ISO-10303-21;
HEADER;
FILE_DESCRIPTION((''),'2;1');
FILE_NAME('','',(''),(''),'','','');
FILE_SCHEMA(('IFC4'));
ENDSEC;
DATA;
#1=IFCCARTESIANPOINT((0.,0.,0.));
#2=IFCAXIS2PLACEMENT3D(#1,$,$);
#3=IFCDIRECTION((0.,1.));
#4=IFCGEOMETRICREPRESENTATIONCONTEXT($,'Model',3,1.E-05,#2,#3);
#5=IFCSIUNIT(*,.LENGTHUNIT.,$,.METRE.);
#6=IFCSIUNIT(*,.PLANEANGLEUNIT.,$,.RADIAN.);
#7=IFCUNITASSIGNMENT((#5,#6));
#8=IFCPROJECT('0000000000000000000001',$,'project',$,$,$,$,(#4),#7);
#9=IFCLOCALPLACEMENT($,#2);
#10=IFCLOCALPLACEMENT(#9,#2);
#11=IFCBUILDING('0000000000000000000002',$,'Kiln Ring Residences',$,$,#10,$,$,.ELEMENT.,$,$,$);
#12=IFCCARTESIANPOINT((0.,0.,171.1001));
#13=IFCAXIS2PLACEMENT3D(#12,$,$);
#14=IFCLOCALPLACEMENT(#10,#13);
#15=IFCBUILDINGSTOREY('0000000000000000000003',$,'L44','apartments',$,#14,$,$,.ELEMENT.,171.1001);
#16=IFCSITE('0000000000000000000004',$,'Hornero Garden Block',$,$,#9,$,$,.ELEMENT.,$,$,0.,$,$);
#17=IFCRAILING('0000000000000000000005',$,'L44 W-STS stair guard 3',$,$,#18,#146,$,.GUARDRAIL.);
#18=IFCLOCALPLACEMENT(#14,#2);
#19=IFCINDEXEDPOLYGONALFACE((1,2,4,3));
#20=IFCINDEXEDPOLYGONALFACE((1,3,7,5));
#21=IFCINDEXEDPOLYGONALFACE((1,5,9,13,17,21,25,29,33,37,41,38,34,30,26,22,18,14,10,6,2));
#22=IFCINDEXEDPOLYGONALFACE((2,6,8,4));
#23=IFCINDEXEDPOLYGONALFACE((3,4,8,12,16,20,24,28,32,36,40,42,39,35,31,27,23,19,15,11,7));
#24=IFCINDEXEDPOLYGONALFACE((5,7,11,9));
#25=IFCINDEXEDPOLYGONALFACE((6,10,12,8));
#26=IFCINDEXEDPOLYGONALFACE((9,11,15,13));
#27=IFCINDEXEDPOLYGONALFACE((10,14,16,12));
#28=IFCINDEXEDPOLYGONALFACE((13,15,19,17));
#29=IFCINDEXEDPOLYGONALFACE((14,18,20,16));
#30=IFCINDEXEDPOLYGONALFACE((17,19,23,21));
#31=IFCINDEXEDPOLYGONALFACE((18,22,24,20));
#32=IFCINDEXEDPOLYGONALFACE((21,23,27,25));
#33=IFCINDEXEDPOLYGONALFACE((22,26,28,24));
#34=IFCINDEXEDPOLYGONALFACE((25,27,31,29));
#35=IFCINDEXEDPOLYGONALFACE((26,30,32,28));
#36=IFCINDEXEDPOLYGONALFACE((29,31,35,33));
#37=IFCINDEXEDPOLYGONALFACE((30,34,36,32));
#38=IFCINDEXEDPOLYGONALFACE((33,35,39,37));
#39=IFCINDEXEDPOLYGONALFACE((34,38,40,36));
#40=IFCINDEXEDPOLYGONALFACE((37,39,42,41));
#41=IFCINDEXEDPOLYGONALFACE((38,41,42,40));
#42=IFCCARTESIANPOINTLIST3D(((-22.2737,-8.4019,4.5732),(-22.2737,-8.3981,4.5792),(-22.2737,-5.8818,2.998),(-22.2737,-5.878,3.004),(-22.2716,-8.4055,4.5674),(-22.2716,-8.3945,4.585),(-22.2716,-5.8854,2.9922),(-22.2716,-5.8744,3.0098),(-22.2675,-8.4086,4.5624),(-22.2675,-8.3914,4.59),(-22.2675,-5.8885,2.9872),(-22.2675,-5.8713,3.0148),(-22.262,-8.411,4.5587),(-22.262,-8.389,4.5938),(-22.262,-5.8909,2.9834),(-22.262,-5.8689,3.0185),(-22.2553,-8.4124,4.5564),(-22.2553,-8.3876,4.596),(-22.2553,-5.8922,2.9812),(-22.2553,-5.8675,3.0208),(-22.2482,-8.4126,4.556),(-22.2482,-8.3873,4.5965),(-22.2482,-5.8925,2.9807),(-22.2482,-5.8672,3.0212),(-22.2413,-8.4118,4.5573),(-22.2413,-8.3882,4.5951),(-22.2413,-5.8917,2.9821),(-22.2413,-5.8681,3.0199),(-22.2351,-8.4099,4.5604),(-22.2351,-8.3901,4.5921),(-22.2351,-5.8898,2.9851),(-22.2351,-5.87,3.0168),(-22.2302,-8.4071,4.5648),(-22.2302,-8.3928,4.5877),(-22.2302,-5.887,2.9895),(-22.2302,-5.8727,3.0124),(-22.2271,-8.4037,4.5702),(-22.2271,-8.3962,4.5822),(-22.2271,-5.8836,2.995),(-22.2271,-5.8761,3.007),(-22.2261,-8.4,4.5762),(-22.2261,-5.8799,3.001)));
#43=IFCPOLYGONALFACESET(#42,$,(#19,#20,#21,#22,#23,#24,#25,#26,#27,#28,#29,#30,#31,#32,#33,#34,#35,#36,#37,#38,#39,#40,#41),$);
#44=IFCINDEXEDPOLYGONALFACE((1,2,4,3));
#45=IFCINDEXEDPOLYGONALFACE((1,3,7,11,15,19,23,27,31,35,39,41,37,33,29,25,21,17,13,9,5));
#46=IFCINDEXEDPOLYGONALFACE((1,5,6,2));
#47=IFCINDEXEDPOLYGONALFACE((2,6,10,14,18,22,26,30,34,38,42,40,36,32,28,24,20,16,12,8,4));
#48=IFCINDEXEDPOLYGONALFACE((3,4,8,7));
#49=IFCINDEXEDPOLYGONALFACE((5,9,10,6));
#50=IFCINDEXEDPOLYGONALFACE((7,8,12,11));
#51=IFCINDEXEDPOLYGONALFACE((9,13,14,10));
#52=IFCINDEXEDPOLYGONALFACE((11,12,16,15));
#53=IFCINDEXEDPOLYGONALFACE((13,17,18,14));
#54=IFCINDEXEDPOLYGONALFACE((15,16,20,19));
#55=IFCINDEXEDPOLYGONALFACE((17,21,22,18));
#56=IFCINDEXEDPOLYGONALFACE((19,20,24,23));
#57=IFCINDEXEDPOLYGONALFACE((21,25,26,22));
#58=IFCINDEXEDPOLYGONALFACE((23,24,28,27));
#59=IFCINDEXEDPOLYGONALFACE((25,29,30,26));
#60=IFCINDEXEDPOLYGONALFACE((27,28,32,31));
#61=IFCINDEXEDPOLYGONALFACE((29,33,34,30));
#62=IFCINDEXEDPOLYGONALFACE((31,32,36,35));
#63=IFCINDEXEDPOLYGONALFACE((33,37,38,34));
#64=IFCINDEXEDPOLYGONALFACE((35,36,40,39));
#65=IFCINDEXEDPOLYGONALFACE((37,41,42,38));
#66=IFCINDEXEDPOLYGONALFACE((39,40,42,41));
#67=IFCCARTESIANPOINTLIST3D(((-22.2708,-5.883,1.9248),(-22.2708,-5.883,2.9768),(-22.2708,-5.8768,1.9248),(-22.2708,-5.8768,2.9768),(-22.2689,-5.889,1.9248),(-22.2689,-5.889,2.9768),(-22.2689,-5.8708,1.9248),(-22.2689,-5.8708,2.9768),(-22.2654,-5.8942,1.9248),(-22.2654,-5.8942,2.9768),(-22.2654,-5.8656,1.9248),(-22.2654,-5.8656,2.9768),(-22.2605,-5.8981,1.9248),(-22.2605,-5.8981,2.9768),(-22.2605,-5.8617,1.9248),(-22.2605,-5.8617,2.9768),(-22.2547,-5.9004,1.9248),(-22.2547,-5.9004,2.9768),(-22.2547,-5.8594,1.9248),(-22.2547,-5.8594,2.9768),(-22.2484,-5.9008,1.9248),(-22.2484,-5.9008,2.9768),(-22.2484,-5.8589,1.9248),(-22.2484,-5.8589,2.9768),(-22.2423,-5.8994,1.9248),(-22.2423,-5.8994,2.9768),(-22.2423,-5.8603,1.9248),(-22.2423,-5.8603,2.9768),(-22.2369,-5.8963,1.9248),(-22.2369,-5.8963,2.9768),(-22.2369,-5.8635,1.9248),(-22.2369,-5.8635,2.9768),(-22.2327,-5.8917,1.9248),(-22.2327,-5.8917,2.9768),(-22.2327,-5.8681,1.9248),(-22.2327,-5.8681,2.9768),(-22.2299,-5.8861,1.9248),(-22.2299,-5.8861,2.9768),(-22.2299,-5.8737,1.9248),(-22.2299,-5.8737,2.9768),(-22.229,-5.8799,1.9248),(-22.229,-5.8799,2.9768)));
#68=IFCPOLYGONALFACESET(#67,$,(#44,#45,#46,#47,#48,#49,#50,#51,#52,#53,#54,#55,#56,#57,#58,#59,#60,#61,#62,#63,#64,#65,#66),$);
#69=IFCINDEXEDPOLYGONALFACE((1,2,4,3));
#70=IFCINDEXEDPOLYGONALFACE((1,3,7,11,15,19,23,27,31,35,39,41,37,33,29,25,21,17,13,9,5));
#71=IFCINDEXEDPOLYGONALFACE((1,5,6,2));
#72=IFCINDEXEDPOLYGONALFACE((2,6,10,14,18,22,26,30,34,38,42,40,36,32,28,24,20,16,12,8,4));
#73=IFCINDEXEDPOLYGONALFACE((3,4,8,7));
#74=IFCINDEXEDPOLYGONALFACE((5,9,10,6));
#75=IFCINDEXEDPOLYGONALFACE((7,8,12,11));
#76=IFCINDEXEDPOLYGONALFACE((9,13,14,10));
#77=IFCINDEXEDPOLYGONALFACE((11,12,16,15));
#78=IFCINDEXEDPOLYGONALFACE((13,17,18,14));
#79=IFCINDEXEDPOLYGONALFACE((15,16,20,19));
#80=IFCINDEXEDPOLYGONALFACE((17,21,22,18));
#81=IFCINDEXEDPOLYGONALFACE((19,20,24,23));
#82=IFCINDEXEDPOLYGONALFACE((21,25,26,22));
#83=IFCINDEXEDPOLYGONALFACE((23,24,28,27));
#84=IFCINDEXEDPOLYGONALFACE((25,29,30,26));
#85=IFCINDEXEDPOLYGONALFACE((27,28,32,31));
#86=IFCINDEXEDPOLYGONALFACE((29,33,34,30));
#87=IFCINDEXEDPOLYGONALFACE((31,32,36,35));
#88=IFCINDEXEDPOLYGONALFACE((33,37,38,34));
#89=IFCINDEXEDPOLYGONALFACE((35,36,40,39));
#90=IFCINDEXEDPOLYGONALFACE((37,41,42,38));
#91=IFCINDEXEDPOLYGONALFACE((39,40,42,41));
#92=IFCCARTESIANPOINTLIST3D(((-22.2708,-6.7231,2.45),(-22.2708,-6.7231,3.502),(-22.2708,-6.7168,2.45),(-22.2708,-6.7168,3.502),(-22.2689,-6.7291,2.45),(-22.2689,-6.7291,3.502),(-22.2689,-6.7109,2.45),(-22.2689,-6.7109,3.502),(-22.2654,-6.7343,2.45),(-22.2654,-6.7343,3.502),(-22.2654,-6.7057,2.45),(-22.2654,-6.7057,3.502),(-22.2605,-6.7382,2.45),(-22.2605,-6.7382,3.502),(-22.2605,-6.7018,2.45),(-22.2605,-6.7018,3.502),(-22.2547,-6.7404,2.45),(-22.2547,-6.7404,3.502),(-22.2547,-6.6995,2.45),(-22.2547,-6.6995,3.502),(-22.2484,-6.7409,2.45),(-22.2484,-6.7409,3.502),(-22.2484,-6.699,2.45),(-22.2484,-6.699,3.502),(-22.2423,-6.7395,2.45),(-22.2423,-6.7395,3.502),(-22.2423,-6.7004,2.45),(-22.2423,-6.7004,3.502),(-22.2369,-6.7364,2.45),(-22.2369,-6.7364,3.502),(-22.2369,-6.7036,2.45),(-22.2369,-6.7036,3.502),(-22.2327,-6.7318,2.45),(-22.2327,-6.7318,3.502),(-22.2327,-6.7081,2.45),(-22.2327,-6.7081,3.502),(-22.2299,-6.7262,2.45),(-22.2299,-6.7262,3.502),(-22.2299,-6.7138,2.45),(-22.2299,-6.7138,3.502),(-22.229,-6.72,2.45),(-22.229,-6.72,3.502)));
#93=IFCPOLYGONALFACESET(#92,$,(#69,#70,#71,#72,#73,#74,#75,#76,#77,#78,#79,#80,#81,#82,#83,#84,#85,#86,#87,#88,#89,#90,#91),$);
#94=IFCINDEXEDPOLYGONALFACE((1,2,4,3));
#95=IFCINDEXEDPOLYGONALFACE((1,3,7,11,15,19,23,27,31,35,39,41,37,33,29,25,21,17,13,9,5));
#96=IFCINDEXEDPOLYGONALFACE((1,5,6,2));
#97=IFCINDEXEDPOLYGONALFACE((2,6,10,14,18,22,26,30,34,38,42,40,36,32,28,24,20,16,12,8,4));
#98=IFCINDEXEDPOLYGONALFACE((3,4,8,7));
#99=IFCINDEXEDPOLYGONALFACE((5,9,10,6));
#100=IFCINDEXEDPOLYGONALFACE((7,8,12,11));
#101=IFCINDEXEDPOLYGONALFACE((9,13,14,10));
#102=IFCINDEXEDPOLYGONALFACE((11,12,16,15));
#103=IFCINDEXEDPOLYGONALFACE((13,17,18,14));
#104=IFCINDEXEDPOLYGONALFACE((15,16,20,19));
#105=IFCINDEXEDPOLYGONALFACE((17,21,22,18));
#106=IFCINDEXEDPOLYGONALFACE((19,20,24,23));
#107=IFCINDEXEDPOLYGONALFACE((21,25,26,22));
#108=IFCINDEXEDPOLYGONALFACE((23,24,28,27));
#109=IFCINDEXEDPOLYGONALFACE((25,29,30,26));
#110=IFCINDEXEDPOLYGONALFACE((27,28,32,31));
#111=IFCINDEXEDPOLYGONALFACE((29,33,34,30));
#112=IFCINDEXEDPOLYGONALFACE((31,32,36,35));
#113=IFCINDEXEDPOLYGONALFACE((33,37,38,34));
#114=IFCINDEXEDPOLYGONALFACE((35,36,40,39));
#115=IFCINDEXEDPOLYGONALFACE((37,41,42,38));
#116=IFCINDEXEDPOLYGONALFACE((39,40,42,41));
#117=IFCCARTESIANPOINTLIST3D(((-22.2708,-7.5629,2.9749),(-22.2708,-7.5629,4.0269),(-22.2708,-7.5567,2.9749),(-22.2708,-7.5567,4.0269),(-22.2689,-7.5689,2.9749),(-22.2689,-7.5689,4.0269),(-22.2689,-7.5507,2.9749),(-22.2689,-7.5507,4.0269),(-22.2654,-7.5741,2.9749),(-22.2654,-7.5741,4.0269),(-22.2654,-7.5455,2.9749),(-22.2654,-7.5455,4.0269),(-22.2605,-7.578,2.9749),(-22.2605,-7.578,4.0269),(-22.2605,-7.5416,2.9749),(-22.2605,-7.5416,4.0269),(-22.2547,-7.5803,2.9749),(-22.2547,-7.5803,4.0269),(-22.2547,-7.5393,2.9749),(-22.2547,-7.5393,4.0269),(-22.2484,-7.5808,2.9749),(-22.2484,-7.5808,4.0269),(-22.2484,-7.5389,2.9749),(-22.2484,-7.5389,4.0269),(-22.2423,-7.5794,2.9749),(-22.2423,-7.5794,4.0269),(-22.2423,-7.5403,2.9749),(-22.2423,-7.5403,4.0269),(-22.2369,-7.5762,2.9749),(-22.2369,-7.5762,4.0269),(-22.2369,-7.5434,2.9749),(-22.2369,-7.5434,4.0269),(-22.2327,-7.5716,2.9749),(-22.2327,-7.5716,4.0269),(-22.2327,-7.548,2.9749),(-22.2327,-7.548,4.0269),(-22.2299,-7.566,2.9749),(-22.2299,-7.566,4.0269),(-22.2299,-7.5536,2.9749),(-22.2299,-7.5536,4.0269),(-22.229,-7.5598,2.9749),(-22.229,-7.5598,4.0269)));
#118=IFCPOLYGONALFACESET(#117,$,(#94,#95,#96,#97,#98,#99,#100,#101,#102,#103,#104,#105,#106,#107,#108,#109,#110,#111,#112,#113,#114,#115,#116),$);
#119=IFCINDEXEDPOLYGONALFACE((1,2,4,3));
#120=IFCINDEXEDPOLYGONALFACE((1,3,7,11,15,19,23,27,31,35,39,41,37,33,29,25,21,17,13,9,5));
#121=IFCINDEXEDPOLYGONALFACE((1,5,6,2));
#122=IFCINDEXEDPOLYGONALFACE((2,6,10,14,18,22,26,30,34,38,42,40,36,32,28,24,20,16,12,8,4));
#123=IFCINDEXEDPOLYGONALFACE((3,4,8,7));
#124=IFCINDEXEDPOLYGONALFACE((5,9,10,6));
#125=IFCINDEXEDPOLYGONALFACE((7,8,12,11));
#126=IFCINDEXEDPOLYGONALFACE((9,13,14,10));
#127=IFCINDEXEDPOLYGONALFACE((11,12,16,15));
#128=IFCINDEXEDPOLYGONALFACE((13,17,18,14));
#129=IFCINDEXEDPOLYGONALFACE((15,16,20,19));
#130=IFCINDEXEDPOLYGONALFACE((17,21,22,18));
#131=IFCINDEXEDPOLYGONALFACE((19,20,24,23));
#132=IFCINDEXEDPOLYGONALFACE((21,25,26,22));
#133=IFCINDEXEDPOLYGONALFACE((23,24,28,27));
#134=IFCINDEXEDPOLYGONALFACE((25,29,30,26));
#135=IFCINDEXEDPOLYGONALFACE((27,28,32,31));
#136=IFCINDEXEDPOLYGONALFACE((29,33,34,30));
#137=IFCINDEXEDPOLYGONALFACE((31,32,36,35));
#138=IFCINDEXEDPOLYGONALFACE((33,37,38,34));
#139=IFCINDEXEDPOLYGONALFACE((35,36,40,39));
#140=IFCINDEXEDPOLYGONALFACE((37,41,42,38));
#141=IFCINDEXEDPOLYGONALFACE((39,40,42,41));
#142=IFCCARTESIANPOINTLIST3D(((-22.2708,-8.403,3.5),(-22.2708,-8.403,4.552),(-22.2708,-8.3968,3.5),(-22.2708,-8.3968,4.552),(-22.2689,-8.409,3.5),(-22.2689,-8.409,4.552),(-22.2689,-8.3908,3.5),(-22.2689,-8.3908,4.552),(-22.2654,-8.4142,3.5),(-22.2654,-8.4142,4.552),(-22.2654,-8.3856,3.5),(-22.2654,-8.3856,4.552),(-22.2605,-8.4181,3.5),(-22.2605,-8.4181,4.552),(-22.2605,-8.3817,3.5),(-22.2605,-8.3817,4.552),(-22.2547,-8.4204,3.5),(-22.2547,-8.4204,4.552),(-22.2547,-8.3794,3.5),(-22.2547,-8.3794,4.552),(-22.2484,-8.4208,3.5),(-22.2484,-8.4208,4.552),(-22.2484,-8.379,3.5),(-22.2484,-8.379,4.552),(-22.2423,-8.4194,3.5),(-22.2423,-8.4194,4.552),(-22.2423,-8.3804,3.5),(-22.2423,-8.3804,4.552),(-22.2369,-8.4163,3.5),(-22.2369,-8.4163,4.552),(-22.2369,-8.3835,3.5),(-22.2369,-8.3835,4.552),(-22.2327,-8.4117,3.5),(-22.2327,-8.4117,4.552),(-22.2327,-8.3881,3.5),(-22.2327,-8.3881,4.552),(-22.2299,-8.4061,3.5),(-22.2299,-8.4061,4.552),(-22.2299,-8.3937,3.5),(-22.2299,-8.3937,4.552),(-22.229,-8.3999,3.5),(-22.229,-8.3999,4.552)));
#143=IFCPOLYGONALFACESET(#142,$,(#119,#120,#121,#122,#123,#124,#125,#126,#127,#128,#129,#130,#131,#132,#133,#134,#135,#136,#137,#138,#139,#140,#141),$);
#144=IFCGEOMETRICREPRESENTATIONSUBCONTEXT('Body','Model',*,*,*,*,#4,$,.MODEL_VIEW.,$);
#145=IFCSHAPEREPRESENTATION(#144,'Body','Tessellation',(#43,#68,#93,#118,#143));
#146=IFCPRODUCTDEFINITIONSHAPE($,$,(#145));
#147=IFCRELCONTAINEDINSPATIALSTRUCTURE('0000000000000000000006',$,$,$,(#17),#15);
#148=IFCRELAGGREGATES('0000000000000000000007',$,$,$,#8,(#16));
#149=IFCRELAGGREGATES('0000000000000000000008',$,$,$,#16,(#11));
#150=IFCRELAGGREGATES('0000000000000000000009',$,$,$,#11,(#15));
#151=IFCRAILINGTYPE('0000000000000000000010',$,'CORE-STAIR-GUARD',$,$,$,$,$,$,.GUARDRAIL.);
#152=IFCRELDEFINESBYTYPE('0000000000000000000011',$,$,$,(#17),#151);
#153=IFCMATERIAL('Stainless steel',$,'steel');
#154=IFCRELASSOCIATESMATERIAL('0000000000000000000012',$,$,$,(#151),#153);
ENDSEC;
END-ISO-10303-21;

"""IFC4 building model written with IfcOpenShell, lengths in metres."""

from ifc_helpers import new_model, si_unit, direction, frame, origin, origin_2d, place, context, subcontext, project, spatial, circle, extrude, material, type_object, element, save


model = new_model("IFC4")

# Units and contexts
model_context = context("Model", 3, precision=1e-05, world=origin(), true_north=direction((0.0, 1.0)))
body_context = subcontext(model_context, "Body", "Model", "MODEL_VIEW")
ifc_project = project(units=[si_unit("LENGTHUNIT", "METRE"), si_unit("PLANEANGLEUNIT", "RADIAN")], contexts=[model_context])

# Site, building, storey
site_placement = place(None, origin())
site = spatial("IfcSite", under=ifc_project, at=site_placement, Name="Hornero Garden Block", CompositionType="ELEMENT", RefElevation=0.0)
building_placement = place(site_placement, origin())
building = spatial("IfcBuilding", under=site, at=building_placement, Name="Kiln Ring Residences", CompositionType="ELEMENT")
storey_placement = place(building_placement, frame((0.0, 0.0, 171.1001)))
storey = spatial("IfcBuildingStorey", under=building, at=storey_placement, Name="L44", Description="apartments", CompositionType="ELEMENT", Elevation=171.1001)

# Railing
ifc_material_1 = material(Name="Stainless steel", Category="steel")
railing_type_1 = type_object("IfcRailingType", Name="CORE-STAIR-GUARD", PredefinedType="GUARDRAIL", material=ifc_material_1)
railing_1_placement = place(storey_placement, frame((-22.25, -5.8799, 1.9248)))
element("IfcRailing", 1, at=railing_1_placement, inside=storey, type_object=railing_type_1, Name="L44 W-STS stair guard 3", PredefinedType="GUARDRAIL", context=body_context, shape_type="SweptSolid", body=[
    extrude(circle(Radius=0.0239, at=origin_2d()), frame((0.0, 0.0, 1.0762), z_axis=(0.0, -0.847971, 0.530043), x_axis=(1.0, 0.0, 0.0)), (0.0, 0.0, 1.0), 2.9719),
    extrude(circle(Radius=0.021, at=origin_2d()), origin(), (0.0, 0.0, 1.0), 1.052),
    extrude(circle(Radius=0.021, at=origin_2d()), frame((0.0, -0.8401, 0.5251)), (0.0, 0.0, 1.0), 1.052),
    extrude(circle(Radius=0.021, at=origin_2d()), frame((0.0, -1.6799, 1.05)), (0.0, 0.0, 1.0), 1.052),
    extrude(circle(Radius=0.021, at=origin_2d()), frame((0.0, -2.52, 1.5752)), (0.0, 0.0, 1.0), 1.052),
])

save(model, "model.ifc")
